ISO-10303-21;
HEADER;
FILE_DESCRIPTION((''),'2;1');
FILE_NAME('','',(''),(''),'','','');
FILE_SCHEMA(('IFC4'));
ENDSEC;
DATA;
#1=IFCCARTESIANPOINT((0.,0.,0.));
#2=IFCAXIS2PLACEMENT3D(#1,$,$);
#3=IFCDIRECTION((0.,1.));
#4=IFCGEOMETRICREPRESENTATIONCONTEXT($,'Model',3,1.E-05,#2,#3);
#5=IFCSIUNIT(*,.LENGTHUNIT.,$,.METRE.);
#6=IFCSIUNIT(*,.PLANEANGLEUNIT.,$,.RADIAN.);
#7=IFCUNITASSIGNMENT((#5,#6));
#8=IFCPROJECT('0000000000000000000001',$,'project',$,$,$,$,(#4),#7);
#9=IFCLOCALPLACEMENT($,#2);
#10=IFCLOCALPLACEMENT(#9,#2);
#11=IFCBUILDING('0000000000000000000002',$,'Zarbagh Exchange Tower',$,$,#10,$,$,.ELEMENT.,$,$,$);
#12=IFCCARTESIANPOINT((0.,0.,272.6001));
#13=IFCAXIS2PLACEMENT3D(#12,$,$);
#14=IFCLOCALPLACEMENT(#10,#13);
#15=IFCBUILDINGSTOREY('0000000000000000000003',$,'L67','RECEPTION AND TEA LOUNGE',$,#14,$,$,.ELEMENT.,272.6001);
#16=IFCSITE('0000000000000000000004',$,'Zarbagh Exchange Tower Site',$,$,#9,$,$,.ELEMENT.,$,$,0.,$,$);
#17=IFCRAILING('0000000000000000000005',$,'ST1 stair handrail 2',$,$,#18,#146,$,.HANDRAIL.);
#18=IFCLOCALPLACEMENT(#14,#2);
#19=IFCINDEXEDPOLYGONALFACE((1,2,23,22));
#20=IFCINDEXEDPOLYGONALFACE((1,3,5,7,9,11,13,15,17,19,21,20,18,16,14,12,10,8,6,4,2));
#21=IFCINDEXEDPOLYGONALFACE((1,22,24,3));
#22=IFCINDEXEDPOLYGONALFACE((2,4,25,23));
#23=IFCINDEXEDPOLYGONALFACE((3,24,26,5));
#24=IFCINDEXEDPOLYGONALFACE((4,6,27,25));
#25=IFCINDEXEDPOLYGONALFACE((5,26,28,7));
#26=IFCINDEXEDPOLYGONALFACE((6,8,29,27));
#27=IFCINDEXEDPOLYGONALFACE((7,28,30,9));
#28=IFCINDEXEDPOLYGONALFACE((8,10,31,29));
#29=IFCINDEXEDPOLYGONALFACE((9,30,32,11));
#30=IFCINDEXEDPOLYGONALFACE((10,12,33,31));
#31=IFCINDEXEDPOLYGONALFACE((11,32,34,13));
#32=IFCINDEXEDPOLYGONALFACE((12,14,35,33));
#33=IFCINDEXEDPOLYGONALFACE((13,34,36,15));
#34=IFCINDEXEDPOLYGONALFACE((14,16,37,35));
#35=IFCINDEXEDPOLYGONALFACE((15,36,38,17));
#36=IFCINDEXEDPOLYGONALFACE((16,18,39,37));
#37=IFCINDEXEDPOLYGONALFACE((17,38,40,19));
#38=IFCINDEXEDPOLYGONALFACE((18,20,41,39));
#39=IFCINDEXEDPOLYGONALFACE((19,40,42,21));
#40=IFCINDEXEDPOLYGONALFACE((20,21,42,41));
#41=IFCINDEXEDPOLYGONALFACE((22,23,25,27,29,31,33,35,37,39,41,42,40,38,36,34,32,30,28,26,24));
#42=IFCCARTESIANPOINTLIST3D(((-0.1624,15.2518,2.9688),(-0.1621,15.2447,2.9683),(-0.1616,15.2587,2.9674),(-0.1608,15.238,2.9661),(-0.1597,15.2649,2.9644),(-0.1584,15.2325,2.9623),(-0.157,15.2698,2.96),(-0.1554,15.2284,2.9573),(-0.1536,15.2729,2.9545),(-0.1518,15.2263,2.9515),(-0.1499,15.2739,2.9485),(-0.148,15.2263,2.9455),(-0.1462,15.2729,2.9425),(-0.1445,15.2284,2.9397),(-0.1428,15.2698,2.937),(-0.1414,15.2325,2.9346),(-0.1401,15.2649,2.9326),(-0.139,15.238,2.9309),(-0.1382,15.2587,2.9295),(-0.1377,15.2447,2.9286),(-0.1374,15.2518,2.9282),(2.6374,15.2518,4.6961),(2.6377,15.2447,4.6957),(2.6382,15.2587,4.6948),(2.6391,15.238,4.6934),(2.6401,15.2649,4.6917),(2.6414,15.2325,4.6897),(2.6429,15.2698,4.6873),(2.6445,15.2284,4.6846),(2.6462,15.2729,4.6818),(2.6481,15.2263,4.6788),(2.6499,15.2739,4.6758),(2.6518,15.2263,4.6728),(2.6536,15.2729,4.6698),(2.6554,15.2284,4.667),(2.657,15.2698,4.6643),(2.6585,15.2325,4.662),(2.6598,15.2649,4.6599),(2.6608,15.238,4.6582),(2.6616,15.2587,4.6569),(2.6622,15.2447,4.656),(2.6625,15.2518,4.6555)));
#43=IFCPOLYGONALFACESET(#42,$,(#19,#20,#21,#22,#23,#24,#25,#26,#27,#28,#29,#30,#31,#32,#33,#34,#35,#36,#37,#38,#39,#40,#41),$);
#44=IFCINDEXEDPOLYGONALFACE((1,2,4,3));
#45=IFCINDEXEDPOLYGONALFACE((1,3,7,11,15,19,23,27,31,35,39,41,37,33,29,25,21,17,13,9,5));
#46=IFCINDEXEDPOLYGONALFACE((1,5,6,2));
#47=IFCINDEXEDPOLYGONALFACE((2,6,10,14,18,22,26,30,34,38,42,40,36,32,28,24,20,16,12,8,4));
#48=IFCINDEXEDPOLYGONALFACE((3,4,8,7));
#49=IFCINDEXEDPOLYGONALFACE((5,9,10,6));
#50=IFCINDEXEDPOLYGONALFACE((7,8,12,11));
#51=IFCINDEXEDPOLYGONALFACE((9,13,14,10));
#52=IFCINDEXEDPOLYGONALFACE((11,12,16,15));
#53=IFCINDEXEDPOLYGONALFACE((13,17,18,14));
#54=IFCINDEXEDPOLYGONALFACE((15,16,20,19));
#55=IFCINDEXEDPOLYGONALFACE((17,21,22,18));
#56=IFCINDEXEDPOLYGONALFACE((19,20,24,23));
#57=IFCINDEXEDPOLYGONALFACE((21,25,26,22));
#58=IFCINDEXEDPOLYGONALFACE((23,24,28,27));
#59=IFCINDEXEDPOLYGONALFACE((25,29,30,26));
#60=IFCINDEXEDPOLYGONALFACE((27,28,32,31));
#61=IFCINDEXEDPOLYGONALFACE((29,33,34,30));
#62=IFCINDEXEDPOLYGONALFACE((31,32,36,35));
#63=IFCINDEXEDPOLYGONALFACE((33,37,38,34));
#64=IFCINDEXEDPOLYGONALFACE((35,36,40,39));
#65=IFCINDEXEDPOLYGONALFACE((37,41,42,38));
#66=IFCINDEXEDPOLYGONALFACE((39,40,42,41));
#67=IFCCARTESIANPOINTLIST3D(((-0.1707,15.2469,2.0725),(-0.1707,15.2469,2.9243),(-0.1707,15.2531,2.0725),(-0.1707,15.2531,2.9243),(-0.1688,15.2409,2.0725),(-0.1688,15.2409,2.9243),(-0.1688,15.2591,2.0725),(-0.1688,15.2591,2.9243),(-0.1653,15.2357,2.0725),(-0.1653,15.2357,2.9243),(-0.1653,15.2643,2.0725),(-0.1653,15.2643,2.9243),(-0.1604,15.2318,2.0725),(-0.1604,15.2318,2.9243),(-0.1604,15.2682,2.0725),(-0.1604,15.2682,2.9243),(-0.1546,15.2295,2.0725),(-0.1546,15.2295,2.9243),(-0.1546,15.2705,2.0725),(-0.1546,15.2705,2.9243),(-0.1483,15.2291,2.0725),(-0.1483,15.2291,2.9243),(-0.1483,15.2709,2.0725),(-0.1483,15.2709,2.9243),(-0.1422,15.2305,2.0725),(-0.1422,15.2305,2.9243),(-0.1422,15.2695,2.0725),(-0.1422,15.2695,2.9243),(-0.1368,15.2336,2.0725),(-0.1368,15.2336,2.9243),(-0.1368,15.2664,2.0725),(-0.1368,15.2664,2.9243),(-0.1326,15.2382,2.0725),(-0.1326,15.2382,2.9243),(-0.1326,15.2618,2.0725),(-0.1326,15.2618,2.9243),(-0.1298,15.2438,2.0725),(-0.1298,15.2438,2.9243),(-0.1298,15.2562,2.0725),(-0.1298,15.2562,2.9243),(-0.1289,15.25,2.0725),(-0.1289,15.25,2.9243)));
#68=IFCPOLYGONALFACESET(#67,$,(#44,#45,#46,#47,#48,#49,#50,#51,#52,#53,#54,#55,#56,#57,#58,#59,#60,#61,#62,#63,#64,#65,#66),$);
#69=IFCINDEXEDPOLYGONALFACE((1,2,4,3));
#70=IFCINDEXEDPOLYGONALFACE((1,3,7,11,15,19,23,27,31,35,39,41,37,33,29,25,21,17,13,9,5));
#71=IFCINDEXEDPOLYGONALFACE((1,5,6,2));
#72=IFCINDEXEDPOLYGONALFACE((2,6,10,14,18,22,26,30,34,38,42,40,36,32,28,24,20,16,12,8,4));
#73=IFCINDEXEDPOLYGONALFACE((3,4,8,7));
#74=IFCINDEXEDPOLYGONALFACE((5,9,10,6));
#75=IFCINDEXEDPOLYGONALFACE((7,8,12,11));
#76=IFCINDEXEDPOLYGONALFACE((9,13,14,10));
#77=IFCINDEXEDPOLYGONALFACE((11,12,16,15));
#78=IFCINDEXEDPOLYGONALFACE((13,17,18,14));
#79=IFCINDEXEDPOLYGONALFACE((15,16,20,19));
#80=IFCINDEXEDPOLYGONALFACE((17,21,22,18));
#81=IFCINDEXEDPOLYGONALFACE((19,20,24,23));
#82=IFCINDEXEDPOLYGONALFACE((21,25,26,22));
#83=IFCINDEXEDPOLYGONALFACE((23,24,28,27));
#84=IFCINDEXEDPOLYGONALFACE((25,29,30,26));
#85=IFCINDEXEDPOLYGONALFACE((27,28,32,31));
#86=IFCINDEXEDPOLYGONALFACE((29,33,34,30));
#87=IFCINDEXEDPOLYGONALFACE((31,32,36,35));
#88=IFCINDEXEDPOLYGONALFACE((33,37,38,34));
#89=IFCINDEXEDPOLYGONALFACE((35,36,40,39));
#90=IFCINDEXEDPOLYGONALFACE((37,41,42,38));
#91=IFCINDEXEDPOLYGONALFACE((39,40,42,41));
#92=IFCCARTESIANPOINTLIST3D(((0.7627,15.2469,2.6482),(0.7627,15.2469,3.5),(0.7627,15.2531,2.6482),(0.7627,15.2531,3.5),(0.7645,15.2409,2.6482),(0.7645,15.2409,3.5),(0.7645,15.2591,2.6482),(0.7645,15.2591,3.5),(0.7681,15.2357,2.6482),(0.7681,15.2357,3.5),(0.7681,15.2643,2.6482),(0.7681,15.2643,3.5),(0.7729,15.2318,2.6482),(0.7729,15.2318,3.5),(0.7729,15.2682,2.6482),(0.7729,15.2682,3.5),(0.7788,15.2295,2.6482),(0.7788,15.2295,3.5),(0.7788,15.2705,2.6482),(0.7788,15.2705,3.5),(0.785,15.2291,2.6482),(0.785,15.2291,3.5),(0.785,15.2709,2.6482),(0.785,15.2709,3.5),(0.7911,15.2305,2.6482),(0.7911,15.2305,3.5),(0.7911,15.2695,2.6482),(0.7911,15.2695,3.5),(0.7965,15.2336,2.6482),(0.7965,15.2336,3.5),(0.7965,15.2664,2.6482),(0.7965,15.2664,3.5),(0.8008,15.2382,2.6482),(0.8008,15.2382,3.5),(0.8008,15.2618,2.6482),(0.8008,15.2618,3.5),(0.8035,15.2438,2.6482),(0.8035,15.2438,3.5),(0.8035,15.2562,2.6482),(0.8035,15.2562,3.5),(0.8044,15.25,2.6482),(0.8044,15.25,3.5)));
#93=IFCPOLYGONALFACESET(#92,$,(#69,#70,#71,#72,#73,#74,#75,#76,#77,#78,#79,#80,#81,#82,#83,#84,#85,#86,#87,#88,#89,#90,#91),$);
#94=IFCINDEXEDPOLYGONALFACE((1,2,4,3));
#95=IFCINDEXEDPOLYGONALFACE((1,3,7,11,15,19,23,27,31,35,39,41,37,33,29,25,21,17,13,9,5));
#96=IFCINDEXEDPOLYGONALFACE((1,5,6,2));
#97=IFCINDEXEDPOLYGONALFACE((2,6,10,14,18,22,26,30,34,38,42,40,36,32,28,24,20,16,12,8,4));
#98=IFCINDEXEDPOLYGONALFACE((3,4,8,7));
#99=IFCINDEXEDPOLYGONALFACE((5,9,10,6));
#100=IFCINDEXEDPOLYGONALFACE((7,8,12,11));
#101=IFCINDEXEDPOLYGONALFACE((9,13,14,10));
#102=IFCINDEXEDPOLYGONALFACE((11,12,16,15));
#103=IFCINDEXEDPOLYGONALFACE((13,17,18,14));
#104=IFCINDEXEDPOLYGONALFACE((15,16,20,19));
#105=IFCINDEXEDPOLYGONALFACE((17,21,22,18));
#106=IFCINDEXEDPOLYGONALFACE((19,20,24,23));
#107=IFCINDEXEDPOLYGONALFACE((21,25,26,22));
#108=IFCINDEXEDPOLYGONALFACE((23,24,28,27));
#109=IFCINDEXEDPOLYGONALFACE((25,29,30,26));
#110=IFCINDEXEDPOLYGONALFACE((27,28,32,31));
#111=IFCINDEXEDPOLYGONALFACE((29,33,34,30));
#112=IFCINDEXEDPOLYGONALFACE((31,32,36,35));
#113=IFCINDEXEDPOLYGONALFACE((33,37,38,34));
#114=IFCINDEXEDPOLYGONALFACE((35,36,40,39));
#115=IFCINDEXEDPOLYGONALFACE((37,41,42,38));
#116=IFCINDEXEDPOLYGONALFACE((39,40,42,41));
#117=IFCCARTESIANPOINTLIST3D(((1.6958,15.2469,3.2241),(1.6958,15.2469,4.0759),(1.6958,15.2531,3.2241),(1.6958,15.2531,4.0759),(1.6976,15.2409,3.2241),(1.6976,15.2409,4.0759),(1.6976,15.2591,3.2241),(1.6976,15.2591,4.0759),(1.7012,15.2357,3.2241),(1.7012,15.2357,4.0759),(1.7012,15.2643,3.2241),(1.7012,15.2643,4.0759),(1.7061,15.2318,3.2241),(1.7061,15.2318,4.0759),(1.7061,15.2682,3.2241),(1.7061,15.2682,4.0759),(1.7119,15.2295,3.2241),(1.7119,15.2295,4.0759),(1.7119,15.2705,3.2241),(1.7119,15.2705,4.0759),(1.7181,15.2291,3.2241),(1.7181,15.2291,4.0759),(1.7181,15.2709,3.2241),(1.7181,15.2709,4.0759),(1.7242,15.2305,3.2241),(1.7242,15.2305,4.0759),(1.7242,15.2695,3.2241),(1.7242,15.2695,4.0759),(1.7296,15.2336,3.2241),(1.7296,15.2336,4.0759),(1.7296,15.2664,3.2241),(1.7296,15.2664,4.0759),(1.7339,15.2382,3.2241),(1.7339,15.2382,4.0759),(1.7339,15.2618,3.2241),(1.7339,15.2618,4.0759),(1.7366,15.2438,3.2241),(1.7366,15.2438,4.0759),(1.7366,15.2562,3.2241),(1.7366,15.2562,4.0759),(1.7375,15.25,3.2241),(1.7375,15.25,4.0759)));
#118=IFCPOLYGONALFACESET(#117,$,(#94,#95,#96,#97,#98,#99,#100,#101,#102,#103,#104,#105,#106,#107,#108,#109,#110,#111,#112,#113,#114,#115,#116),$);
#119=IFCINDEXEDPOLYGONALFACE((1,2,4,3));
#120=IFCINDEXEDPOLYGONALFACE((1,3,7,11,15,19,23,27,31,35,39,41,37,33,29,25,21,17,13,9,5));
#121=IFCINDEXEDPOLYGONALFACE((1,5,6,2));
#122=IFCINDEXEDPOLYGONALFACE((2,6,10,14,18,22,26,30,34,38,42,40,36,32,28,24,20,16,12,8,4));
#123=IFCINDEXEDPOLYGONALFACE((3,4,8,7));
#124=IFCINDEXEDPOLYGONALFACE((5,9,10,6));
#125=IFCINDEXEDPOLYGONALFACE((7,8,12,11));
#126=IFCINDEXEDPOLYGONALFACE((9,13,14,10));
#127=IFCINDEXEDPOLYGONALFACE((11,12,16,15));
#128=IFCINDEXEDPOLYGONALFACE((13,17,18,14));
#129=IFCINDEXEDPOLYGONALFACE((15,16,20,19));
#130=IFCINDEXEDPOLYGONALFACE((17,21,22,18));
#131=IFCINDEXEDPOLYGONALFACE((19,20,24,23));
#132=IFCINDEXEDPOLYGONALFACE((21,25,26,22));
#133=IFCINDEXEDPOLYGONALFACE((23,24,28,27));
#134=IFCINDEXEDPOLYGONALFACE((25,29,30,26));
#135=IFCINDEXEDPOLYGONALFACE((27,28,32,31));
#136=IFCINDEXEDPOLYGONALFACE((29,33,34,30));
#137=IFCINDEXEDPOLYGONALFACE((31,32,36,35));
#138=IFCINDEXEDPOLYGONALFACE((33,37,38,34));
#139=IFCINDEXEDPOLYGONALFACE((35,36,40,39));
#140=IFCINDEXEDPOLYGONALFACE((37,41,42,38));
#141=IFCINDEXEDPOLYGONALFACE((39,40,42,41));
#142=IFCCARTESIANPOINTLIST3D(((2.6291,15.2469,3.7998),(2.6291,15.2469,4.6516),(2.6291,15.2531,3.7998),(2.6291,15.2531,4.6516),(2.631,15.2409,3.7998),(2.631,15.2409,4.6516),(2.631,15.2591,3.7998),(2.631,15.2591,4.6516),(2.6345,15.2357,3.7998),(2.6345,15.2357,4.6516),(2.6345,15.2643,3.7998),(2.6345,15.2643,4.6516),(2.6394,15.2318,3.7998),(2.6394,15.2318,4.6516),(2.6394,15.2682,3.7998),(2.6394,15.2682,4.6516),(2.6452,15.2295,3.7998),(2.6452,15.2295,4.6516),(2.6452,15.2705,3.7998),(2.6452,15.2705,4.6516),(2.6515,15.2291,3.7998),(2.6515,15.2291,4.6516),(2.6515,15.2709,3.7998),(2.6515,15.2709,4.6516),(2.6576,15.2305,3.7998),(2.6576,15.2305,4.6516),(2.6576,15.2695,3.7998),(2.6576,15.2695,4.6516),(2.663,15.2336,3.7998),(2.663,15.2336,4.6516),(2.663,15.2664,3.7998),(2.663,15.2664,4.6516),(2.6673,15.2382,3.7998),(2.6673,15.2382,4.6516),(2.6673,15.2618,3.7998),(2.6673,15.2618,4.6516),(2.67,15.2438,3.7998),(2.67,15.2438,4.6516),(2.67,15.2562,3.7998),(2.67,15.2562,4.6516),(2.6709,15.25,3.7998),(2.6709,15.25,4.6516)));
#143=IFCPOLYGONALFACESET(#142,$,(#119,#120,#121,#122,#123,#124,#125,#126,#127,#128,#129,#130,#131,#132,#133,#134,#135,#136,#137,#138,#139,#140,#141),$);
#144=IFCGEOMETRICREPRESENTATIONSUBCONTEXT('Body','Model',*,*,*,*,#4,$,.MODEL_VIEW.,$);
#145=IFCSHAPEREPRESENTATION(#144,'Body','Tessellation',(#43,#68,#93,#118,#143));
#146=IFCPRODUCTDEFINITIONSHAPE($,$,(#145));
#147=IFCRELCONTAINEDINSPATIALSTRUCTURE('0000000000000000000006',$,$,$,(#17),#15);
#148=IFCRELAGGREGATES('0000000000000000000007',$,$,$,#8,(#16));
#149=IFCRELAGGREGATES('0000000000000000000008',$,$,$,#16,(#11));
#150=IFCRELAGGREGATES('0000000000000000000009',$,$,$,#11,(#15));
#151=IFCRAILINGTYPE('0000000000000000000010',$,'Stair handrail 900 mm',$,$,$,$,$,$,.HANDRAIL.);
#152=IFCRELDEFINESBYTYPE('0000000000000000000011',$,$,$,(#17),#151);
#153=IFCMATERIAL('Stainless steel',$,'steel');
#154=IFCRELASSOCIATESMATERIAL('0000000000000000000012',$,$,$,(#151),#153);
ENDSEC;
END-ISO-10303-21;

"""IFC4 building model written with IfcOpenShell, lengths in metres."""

from ifc_helpers import new_model, si_unit, direction, frame, origin, origin_2d, place, context, subcontext, project, spatial, circle, extrude, material, type_object, element, save


model = new_model("IFC4")

# Units and contexts
model_context = context("Model", 3, precision=1e-05, world=origin(), true_north=direction((0.0, 1.0)))
body_context = subcontext(model_context, "Body", "Model", "MODEL_VIEW")
ifc_project = project(units=[si_unit("LENGTHUNIT", "METRE"), si_unit("PLANEANGLEUNIT", "RADIAN")], contexts=[model_context])

# Site, building, storey
site_placement = place(None, origin())
site = spatial("IfcSite", under=ifc_project, at=site_placement, Name="Zarbagh Exchange Tower Site", CompositionType="ELEMENT", RefElevation=0.0)
building_placement = place(site_placement, origin())
building = spatial("IfcBuilding", under=site, at=building_placement, Name="Zarbagh Exchange Tower", CompositionType="ELEMENT")
storey_placement = place(building_placement, frame((0.0, 0.0, 272.6001)))
storey = spatial("IfcBuildingStorey", under=building, at=storey_placement, Name="L67", Description="RECEPTION AND TEA LOUNGE", CompositionType="ELEMENT", Elevation=272.6001)

# Railing
ifc_material_1 = material(Name="Stainless steel", Category="steel")
railing_type = type_object("IfcRailingType", Name="Stair handrail 900 mm", PredefinedType="HANDRAIL", material=ifc_material_1)
railing_placement = place(storey_placement, frame((-0.1499, 15.25, 2.0725)))
element("IfcRailing", 1, at=railing_placement, inside=storey, type_object=railing_type, Name="ST1 stair handrail 2", PredefinedType="HANDRAIL", context=body_context, shape_type="SweptSolid", body=[
    extrude(circle(Radius=0.0239, at=origin_2d()), frame((0.0, 0.0, 0.876), z_axis=(0.851069, 0.0, 0.525054), x_axis=(0.0, 1.0, 0.0)), (0.0, 0.0, 1.0), 3.2898),
    extrude(circle(Radius=0.021, at=origin_2d()), origin(), (0.0, 0.0, 1.0), 0.8518),
    extrude(circle(Radius=0.021, at=origin_2d()), frame((0.9333, 0.0, 0.5757)), (0.0, 0.0, 1.0), 0.8518),
    extrude(circle(Radius=0.021, at=origin_2d()), frame((1.8665, 0.0, 1.1516)), (0.0, 0.0, 1.0), 0.8518),
    extrude(circle(Radius=0.021, at=origin_2d()), frame((2.7998, 0.0, 1.7273)), (0.0, 0.0, 1.0), 0.8518),
])

save(model, "model.ifc")
